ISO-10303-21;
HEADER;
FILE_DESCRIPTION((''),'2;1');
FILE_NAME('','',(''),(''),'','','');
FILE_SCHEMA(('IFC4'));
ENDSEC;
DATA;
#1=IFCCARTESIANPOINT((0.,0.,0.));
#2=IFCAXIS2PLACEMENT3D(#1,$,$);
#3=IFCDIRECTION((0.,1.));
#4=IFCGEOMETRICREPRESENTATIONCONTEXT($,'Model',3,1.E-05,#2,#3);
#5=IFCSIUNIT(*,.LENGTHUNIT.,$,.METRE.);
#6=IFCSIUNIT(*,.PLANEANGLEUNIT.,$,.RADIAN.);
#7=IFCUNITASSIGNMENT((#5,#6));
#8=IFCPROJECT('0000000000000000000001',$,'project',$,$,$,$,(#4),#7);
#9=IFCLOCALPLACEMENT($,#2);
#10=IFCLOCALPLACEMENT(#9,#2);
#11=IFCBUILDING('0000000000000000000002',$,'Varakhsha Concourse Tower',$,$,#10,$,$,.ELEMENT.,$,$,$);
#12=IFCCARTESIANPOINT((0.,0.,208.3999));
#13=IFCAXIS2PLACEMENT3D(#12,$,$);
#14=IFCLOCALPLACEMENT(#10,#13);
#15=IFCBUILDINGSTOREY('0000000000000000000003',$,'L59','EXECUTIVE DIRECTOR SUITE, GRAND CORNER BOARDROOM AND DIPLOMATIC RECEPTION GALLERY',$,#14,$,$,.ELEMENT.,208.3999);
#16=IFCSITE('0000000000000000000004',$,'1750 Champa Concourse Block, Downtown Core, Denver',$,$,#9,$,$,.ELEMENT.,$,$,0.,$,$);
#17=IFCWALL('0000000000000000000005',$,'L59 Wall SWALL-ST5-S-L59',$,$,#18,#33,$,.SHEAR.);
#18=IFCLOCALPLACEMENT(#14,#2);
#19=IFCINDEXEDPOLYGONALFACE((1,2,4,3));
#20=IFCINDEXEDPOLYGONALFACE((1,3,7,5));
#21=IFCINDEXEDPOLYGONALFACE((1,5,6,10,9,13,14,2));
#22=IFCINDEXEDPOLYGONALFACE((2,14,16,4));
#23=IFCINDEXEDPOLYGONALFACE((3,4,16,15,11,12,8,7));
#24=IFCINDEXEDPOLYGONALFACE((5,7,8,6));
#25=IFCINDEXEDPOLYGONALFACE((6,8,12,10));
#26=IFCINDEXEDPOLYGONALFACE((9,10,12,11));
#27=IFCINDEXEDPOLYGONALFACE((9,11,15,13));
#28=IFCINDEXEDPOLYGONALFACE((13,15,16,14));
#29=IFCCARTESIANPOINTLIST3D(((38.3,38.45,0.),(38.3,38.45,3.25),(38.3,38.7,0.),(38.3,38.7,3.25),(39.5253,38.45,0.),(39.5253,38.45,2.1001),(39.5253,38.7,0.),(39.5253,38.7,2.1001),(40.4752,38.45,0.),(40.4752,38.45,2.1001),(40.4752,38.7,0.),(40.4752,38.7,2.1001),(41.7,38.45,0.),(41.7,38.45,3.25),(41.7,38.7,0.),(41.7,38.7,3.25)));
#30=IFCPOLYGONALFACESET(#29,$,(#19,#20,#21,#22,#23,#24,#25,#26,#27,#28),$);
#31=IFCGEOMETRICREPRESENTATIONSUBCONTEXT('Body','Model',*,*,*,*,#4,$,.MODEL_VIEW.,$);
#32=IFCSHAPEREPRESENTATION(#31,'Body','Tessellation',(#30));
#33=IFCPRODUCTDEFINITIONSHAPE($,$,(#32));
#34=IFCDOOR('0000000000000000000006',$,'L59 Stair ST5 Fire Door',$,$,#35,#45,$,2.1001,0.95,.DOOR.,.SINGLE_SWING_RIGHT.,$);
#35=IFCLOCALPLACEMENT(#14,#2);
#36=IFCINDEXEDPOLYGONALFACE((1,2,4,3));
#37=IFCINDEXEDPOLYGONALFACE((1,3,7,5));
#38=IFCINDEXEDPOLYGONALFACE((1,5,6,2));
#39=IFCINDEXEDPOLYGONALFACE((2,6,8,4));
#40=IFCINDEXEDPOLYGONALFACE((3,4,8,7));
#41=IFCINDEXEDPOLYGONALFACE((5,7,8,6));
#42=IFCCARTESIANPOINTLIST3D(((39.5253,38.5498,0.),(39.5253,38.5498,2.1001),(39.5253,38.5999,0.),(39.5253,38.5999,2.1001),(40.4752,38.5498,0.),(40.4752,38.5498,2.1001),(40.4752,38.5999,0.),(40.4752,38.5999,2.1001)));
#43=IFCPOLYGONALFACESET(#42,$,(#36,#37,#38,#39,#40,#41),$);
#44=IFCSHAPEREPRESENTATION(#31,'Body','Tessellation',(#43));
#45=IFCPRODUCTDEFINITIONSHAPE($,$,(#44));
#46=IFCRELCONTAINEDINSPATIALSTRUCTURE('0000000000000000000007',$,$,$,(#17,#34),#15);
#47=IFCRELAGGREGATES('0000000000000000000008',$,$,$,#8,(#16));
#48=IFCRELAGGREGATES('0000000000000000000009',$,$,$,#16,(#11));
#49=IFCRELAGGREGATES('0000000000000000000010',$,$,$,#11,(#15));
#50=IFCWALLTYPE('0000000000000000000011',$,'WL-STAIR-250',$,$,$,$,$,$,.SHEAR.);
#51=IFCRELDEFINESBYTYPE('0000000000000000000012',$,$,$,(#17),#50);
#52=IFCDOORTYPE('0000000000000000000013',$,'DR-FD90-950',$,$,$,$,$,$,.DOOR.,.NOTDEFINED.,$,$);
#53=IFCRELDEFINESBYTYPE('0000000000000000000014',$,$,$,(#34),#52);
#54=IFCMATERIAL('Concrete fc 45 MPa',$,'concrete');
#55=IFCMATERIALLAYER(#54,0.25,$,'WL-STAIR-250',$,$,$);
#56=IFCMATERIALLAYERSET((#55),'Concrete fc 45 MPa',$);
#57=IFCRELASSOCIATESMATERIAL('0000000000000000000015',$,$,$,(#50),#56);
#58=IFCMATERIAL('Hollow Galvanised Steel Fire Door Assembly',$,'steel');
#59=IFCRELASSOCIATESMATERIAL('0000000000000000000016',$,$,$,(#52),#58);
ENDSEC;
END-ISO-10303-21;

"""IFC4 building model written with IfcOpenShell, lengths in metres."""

from ifc_helpers import new_model, si_unit, direction, frame, frame_2d, origin, place, context, subcontext, project, spatial, rectangle, extrude, material, layer, layer_set, type_object, element, fill, save


model = new_model("IFC4")

# Units and contexts
model_context = context("Model", 3, precision=1e-05, world=origin(), true_north=direction((0.0, 1.0)))
body_context = subcontext(model_context, "Body", "Model", "MODEL_VIEW")
ifc_project = project(units=[si_unit("LENGTHUNIT", "METRE"), si_unit("PLANEANGLEUNIT", "RADIAN")], contexts=[model_context])

# Site, building, storey
site_placement = place(None, origin())
site = spatial("IfcSite", under=ifc_project, at=site_placement, Name="1750 Champa Concourse Block, Downtown Core, Denver", CompositionType="ELEMENT", RefElevation=0.0)
building_placement = place(site_placement, origin())
building = spatial("IfcBuilding", under=site, at=building_placement, Name="Varakhsha Concourse Tower", CompositionType="ELEMENT")
storey_placement = place(building_placement, frame((0.0, 0.0, 208.3999)))
storey = spatial("IfcBuildingStorey", under=building, at=storey_placement, Name="L59", Description="EXECUTIVE DIRECTOR SUITE, GRAND CORNER BOARDROOM AND DIPLOMATIC RECEPTION GALLERY", CompositionType="ELEMENT", Elevation=208.3999)

# Shared definitions
ifc_material_1 = material(Name="Hollow Galvanised Steel Fire Door Assembly", Category="steel")

# Shared definitions
ifc_material_2 = material(Name="Concrete fc 45 MPa", Category="concrete")
ifc_layer_1 = layer(ifc_material_2, 0.25, Name="WL-STAIR-250")
ifc_layer_set_1 = layer_set([ifc_layer_1], Name="Concrete fc 45 MPa")
wall_type_1 = type_object("IfcWallType", Name="WL-STAIR-250", PredefinedType="SHEAR", material=ifc_layer_set_1)

# Wall, opening, door
wall_1_placement = place(storey_placement, frame((38.3, 38.575, 0.0), z_axis=(0.0, 0.0, 1.0), x_axis=(1.0, 0.0, 0.0)))
wall_1 = element("IfcWall", 1, at=wall_1_placement, inside=storey, type_object=wall_type_1, Name="L59 Wall SWALL-ST5-S-L59", PredefinedType="SHEAR", context=body_context, shape_type="SweptSolid", body=[
    extrude(rectangle(XDim=3.3999, YDim=0.25, at=frame_2d((1.7, 0.0))), origin(), (0.0, 0.0, 1.0), 3.25),
])
opening_1_placement = place(wall_1_placement, frame((1.2251, 0.0, 0.0)))
opening_1 = element("IfcOpeningElement", 2, at=opening_1_placement, cuts=wall_1, PredefinedType="OPENING", context=body_context, shape_type="SweptSolid", body=[
    extrude(rectangle(XDim=0.95, YDim=2.1001, at=frame_2d((0.4751, 1.05))), frame((0.0, 0.135, 0.0), z_axis=(0.0, -1.0, 0.0), x_axis=(1.0, 0.0, 0.0)), (0.0, 0.0, 1.0), 0.27),
])
door_type_1 = type_object("IfcDoorType", Name="DR-FD90-950", OperationType="NOTDEFINED", PredefinedType="DOOR", material=ifc_material_1)
door_1_placement = place(opening_1_placement, origin())
door_1 = element("IfcDoor", 3, at=door_1_placement, inside=storey, type_object=door_type_1, Name="L59 Stair ST5 Fire Door", OperationType="SINGLE_SWING_RIGHT", OverallHeight=2.1001, OverallWidth=0.95, PredefinedType="DOOR", context=body_context, shape_type="SweptSolid", body=[
    extrude(rectangle(XDim=0.95, YDim=2.1001, at=frame_2d((0.4751, 1.05))), frame((0.0, 0.0249, 0.0), z_axis=(0.0, -1.0, 0.0), x_axis=(1.0, 0.0, 0.0)), (0.0, 0.0, 1.0), 0.05),
])
fill(opening_1, door_1)

save(model, "model.ifc")
